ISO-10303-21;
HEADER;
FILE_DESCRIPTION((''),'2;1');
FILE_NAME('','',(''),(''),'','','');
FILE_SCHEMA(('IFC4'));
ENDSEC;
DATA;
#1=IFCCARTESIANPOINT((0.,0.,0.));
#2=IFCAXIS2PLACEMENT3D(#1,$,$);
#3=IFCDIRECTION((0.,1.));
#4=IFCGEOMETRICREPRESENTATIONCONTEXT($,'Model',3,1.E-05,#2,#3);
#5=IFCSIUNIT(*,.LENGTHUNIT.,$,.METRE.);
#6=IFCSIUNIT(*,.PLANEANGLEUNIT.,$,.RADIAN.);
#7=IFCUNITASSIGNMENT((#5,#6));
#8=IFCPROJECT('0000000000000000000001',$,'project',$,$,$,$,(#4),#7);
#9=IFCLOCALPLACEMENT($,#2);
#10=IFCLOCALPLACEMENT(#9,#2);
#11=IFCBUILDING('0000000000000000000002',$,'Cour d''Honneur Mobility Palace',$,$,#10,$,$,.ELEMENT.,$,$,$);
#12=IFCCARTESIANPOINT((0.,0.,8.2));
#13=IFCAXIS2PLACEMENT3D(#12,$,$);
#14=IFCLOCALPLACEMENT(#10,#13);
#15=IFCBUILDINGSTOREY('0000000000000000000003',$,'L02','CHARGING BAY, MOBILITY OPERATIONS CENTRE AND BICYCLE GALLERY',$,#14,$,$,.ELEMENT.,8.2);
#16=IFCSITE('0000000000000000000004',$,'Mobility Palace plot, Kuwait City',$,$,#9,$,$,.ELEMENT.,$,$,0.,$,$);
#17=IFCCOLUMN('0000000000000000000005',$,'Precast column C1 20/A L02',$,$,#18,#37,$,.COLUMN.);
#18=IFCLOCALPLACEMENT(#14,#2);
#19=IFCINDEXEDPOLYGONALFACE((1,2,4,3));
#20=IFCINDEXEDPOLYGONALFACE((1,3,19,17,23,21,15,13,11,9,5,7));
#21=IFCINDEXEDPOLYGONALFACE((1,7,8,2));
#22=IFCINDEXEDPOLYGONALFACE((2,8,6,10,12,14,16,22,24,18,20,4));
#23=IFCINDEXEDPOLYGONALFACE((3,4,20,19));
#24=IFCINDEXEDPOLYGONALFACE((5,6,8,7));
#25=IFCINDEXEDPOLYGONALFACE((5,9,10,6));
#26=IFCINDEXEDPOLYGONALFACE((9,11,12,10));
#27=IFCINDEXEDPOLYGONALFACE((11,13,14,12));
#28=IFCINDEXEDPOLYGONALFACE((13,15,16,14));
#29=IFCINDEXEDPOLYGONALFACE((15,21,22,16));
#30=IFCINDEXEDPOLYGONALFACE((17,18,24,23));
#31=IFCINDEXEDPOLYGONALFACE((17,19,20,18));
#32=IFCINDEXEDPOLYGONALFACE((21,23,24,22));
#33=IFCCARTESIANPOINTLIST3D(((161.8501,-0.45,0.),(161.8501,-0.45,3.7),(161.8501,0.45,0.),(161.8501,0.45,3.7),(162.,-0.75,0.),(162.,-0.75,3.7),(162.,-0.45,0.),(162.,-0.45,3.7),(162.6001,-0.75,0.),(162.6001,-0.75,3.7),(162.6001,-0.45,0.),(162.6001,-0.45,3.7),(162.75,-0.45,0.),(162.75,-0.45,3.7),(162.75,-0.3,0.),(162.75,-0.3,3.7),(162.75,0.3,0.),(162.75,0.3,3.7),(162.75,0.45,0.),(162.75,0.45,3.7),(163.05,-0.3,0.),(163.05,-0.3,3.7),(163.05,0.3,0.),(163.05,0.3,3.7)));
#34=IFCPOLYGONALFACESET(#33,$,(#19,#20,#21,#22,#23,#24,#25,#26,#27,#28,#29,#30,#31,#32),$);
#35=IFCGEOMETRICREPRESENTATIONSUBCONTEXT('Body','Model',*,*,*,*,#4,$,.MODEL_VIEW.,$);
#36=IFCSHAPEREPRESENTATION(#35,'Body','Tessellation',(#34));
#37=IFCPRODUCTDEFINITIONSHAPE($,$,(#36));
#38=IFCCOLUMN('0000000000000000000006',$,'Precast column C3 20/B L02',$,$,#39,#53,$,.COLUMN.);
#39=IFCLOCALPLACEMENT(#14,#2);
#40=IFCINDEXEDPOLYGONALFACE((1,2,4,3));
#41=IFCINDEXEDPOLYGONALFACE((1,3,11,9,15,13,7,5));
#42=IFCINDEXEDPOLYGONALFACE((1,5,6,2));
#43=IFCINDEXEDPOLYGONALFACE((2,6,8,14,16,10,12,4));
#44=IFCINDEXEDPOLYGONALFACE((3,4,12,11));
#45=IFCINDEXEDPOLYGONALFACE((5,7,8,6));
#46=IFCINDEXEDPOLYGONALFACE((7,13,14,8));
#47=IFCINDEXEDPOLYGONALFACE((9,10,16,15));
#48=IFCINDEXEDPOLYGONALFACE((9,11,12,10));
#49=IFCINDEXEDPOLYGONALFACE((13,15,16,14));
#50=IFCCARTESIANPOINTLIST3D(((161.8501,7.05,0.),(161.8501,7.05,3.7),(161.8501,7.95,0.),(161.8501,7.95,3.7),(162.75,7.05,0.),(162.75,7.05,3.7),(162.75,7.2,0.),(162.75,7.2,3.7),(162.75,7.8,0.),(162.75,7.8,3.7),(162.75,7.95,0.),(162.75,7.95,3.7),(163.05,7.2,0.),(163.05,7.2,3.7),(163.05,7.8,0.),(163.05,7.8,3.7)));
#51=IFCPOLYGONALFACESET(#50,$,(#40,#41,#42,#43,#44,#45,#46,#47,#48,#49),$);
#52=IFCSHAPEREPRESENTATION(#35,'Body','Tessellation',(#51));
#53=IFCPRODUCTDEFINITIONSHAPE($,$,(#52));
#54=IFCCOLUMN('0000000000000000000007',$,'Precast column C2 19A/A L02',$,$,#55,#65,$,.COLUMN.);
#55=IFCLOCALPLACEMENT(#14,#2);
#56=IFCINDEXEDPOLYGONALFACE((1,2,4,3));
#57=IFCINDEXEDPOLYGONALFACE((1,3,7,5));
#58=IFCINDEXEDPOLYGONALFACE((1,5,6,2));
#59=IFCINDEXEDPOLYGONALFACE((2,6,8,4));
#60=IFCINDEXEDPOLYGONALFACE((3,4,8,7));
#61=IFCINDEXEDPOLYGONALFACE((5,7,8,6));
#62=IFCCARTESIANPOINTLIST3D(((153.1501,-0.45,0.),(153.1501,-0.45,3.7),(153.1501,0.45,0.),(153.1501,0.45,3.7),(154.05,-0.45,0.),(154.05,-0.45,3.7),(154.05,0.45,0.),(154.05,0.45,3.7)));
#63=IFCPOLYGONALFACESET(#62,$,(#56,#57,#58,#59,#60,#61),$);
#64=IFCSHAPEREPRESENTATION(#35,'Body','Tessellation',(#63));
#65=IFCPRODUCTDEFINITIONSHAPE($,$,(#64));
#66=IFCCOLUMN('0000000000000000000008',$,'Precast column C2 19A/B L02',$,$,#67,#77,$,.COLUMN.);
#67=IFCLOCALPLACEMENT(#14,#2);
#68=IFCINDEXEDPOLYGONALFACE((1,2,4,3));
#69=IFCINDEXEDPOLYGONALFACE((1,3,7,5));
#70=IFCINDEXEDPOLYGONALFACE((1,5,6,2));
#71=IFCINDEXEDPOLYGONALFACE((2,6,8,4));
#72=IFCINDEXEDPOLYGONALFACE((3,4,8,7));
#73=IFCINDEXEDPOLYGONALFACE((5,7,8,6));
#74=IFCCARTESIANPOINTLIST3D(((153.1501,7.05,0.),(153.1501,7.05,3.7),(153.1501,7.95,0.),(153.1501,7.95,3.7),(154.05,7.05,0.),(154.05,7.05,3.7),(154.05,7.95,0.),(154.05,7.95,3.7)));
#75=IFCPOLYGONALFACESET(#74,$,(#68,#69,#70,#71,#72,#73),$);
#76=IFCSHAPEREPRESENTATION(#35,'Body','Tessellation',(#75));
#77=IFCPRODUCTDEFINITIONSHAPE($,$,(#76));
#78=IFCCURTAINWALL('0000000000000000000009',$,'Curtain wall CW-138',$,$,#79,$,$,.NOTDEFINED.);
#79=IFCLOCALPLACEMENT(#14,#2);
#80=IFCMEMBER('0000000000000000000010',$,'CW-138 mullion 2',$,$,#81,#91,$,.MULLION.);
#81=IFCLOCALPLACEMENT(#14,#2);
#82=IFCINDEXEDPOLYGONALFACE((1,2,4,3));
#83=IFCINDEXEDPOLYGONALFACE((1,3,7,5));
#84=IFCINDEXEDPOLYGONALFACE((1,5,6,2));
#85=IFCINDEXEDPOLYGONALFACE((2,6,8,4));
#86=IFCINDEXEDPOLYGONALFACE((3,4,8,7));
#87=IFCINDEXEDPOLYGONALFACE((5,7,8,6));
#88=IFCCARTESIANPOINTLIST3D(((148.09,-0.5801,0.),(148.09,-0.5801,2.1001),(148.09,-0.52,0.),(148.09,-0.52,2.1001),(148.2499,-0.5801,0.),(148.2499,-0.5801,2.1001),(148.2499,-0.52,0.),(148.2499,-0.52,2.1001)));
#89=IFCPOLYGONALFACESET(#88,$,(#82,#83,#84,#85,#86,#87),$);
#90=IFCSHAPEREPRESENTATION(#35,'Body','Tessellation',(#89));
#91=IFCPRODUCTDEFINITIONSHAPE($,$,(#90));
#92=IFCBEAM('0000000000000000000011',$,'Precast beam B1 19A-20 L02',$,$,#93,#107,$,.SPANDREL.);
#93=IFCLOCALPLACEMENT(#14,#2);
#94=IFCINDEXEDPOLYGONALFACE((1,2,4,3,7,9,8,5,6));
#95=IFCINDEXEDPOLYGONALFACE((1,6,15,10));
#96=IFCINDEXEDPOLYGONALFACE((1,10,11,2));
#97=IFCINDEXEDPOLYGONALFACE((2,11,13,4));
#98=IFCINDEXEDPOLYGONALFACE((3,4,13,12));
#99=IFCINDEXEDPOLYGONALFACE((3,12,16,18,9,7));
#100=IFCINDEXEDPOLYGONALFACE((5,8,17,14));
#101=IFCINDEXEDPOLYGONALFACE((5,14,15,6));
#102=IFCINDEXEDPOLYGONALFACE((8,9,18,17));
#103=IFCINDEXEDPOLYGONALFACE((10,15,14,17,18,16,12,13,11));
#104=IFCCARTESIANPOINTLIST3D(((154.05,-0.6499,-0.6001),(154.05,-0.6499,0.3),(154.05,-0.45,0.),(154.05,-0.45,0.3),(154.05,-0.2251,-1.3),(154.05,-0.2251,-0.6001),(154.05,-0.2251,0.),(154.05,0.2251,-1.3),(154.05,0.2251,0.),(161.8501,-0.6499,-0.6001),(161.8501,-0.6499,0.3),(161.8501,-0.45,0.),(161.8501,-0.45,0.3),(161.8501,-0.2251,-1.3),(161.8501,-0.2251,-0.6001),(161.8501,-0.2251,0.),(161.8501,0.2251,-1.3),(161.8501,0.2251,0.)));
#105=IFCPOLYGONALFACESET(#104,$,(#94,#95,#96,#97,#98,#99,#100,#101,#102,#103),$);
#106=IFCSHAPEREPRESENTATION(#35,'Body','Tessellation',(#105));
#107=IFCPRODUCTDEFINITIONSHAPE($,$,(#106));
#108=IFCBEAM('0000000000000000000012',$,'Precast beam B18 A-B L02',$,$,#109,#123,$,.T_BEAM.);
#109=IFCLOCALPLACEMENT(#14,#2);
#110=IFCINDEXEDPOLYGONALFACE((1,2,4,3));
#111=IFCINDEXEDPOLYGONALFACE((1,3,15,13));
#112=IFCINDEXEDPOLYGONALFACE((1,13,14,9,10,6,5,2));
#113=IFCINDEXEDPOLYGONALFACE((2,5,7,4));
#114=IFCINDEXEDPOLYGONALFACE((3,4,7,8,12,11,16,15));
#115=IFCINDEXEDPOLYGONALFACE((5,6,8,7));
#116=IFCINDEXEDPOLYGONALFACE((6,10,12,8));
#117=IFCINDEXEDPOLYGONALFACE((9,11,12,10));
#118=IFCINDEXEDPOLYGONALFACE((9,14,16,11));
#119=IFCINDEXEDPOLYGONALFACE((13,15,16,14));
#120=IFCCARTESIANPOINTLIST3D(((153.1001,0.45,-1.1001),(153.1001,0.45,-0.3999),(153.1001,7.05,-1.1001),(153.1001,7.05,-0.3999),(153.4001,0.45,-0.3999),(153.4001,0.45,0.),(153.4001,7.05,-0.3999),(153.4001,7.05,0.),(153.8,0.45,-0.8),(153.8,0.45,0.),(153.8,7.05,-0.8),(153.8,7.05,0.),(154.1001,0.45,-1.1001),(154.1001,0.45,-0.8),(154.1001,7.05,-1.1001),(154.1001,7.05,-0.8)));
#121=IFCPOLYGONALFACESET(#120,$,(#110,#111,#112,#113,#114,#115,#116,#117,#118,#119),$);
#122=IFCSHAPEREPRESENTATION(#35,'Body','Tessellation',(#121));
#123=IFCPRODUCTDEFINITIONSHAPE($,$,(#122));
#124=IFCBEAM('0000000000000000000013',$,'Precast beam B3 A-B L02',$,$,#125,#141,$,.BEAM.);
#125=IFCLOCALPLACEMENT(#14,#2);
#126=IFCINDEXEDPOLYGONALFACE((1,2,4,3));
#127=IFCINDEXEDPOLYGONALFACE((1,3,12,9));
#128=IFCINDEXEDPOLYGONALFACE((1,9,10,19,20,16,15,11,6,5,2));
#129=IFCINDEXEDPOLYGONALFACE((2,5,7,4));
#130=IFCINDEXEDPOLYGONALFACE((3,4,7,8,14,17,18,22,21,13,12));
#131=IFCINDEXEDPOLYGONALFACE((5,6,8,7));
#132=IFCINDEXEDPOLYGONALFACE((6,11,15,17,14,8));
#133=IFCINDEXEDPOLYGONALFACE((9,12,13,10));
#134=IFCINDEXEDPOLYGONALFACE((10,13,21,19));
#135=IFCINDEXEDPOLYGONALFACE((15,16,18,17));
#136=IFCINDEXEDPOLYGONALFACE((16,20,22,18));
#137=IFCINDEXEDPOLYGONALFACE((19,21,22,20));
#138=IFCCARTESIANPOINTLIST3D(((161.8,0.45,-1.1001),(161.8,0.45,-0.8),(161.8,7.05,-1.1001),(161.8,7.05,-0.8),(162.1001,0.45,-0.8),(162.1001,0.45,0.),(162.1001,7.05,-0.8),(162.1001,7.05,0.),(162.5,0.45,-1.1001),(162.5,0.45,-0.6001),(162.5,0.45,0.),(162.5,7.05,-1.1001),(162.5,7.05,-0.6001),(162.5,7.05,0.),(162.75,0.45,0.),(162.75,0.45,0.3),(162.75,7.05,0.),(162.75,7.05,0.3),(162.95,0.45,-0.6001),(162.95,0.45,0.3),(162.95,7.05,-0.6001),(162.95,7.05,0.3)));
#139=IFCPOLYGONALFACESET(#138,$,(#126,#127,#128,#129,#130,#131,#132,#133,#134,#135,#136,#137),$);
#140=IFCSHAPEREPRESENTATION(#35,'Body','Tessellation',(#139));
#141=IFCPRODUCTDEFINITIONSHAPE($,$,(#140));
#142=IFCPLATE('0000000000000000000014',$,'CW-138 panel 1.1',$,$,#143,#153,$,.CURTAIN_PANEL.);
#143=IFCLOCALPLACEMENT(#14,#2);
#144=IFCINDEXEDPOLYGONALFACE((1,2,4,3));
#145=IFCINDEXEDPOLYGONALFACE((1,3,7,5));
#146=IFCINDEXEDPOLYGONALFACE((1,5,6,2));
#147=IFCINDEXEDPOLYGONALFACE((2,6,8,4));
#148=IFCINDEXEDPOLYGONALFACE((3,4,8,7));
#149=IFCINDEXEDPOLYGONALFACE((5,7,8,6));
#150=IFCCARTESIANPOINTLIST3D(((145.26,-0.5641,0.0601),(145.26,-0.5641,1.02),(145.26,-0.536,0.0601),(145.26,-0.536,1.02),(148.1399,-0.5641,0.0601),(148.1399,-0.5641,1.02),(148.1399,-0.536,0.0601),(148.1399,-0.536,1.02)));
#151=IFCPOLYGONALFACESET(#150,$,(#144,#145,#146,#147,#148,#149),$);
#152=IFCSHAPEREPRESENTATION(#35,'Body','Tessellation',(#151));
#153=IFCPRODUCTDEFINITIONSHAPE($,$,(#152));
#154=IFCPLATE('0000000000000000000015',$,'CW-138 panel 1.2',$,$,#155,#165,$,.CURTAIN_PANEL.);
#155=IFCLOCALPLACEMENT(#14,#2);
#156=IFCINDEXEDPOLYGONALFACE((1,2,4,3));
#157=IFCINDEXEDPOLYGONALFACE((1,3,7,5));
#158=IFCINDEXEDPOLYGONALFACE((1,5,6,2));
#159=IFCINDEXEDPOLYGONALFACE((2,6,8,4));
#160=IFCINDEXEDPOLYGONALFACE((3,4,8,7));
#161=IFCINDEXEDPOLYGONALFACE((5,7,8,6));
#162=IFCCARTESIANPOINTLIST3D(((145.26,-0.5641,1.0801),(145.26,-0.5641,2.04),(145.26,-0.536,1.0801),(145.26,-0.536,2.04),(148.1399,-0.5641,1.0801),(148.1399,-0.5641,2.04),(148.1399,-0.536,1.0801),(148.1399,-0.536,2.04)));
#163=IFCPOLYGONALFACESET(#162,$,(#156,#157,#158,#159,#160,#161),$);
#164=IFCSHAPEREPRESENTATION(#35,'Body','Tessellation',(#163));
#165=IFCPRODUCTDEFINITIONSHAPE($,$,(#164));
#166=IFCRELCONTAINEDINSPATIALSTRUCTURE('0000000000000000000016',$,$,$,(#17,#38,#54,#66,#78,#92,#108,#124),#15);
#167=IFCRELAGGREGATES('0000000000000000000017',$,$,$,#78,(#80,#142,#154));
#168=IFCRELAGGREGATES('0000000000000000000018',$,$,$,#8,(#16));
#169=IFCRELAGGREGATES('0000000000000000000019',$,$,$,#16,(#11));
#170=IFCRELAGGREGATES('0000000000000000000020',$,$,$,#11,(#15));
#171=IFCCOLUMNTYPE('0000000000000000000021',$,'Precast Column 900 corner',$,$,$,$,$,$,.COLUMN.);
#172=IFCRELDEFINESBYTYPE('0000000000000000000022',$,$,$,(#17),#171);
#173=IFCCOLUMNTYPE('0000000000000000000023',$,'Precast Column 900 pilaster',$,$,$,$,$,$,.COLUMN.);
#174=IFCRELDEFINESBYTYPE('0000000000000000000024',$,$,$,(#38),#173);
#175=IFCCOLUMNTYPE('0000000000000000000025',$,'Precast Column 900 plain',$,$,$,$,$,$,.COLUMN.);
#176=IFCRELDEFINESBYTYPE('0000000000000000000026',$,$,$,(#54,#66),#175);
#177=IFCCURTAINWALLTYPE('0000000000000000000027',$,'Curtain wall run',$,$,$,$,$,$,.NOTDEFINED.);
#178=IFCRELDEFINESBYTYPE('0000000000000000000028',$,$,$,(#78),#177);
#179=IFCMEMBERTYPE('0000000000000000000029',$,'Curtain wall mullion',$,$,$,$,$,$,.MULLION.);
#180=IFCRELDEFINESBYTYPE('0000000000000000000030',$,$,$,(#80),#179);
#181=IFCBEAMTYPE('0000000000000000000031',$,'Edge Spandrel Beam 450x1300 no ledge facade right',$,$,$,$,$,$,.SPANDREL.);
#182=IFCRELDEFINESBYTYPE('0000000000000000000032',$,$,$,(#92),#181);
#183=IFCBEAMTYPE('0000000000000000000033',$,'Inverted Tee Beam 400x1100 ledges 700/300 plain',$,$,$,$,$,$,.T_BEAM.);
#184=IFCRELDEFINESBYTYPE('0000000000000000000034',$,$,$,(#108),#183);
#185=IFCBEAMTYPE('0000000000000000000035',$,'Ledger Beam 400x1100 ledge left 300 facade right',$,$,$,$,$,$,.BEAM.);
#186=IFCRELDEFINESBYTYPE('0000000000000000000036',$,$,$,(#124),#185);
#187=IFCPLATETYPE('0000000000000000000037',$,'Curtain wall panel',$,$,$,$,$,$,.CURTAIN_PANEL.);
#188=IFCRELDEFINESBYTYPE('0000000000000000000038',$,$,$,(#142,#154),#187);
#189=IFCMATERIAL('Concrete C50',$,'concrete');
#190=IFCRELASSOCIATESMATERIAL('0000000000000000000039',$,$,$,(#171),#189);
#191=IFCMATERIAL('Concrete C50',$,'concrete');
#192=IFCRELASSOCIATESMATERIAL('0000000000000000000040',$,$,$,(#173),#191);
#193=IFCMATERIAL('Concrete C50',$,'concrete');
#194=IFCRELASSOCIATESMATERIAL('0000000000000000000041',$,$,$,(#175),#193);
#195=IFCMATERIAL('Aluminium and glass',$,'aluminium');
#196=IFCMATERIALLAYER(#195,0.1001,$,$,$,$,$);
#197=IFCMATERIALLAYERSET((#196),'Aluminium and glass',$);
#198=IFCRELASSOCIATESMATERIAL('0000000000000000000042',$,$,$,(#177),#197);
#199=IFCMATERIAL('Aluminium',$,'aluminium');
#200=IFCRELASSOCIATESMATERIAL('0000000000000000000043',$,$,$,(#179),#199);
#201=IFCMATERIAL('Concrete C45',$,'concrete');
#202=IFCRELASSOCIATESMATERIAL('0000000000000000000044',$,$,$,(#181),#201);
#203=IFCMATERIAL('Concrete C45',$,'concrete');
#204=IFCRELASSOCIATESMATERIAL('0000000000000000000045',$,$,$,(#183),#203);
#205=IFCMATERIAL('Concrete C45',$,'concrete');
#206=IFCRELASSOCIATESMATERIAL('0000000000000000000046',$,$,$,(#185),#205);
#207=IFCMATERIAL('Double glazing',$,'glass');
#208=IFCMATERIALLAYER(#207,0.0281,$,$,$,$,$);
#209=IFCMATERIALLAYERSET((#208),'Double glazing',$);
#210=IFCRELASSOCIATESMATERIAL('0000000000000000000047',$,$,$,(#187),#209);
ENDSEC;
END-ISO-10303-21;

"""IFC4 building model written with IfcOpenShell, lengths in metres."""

from ifc_helpers import new_model, si_unit, direction, frame, origin, origin_2d, place, context, subcontext, project, spatial, polyline, rectangle, outline, extrude, material, layer, layer_set, material_profile, profile_set, type_object, element, aggregate, save


model = new_model("IFC4")

# Units and contexts
model_context = context("Model", 3, precision=1e-05, world=origin(), true_north=direction((0.0, 1.0)))
body_context = subcontext(model_context, "Body", "Model", "MODEL_VIEW")
ifc_project = project(units=[si_unit("LENGTHUNIT", "METRE"), si_unit("PLANEANGLEUNIT", "RADIAN")], contexts=[model_context])

# Site, building, storey
site_placement = place(None, origin())
site = spatial("IfcSite", under=ifc_project, at=site_placement, Name="Mobility Palace plot, Kuwait City", CompositionType="ELEMENT", RefElevation=0.0)
building_placement = place(site_placement, origin())
building = spatial("IfcBuilding", under=site, at=building_placement, Name="Cour d'Honneur Mobility Palace", CompositionType="ELEMENT")
storey_placement = place(building_placement, frame((0.0, 0.0, 8.2)))
storey = spatial("IfcBuildingStorey", under=building, at=storey_placement, Name="L02", Description="CHARGING BAY, MOBILITY OPERATIONS CENTRE AND BICYCLE GALLERY", CompositionType="ELEMENT", Elevation=8.2)

# Columns
ifc_material_1 = material(Name="Concrete C50", Category="concrete")
ifc_material_profile_1 = material_profile(ifc_material_1, outline(polyline([(-0.45, -0.45), (0.45, -0.45), (0.45, -0.3), (0.75, -0.3), (0.75, 0.3), (0.45, 0.3), (0.45, 0.45), (0.3, 0.45), (0.3, 0.75), (-0.3, 0.75), (-0.3, 0.45), (-0.45, 0.45), (-0.45, -0.45)])), Name="PC C900 corner")
ifc_profile_set_1 = profile_set([ifc_material_profile_1], Name="Concrete C50")
column_type_1 = type_object("IfcColumnType", Name="Precast Column 900 corner", PredefinedType="COLUMN", material=ifc_profile_set_1)
column_1_placement = place(storey_placement, frame((162.3, 0.0, 0.0), z_axis=(0.0, 0.0, 1.0), x_axis=(0.0, -1.0, 0.0)))
element("IfcColumn", 1, at=column_1_placement, inside=storey, type_object=column_type_1, Name="Precast column C1 20/A L02", PredefinedType="COLUMN", context=body_context, shape_type="SweptSolid", body=[
    extrude(outline(polyline([(-0.45, -0.45), (0.45, -0.45), (0.45, -0.3), (0.75, -0.3), (0.75, 0.3), (0.45, 0.3), (0.45, 0.45), (0.3, 0.45), (0.3, 0.75), (-0.3, 0.75), (-0.3, 0.45), (-0.45, 0.45), (-0.45, -0.45)])), origin(), (0.0, 0.0, 1.0), 3.7),
])
ifc_material_2 = material(Name="Concrete C50", Category="concrete")
ifc_material_profile_2 = material_profile(ifc_material_2, outline(polyline([(-0.45, -0.45), (0.45, -0.45), (0.45, -0.3), (0.75, -0.3), (0.75, 0.3), (0.45, 0.3), (0.45, 0.45), (-0.45, 0.45), (-0.45, -0.45)])), Name="PC C900 pilaster")
ifc_profile_set_2 = profile_set([ifc_material_profile_2], Name="Concrete C50")
column_type_2 = type_object("IfcColumnType", Name="Precast Column 900 pilaster", PredefinedType="COLUMN", material=ifc_profile_set_2)
column_2_placement = place(storey_placement, frame((162.3, 7.5, 0.0), z_axis=(0.0, 0.0, 1.0), x_axis=(1.0, 0.0, 0.0)))
element("IfcColumn", 2, at=column_2_placement, inside=storey, type_object=column_type_2, Name="Precast column C3 20/B L02", PredefinedType="COLUMN", context=body_context, shape_type="SweptSolid", body=[
    extrude(outline(polyline([(-0.45, -0.45), (0.45, -0.45), (0.45, -0.3), (0.75, -0.3), (0.75, 0.3), (0.45, 0.3), (0.45, 0.45), (-0.45, 0.45), (-0.45, -0.45)])), origin(), (0.0, 0.0, 1.0), 3.7),
])
ifc_material_3 = material(Name="Concrete C50", Category="concrete")
ifc_material_profile_3 = material_profile(ifc_material_3, outline(polyline([(-0.45, -0.45), (0.45, -0.45), (0.45, 0.45), (-0.45, 0.45), (-0.45, -0.45)])), Name="PC C900 plain")
ifc_profile_set_3 = profile_set([ifc_material_profile_3], Name="Concrete C50")
column_type_3 = type_object("IfcColumnType", Name="Precast Column 900 plain", PredefinedType="COLUMN", material=ifc_profile_set_3)
for number, where, z_axis, x_axis, name in (
    (3, (153.6001, 0.0, 0.0), (0.0, 0.0, 1.0), (1.0, 0.0, 0.0), "Precast column C2 19A/A L02"),
    (4, (153.6001, 7.5, 0.0), (0.0, 0.0, 1.0), (1.0, 0.0, 0.0), "Precast column C2 19A/B L02"),
):
    element("IfcColumn", number, at=place(storey_placement, frame(where, z_axis=z_axis, x_axis=x_axis)), inside=storey, type_object=column_type_3, Name=name, PredefinedType="COLUMN", context=body_context, shape_type="SweptSolid", body=[
        extrude(outline(polyline([(-0.45, -0.45), (0.45, -0.45), (0.45, 0.45), (-0.45, 0.45), (-0.45, -0.45)])), origin(), (0.0, 0.0, 1.0), 3.7),
    ])

# Curtain wall, member
ifc_material_4 = material(Name="Aluminium and glass", Category="aluminium")
ifc_layer_1 = layer(ifc_material_4, 0.1001)
ifc_layer_set_1 = layer_set([ifc_layer_1], Name="Aluminium and glass")
curtain_wall_type = type_object("IfcCurtainWallType", Name="Curtain wall run", PredefinedType="NOTDEFINED", material=ifc_layer_set_1)
curtain_wall_placement = place(storey_placement, origin())
curtain_wall = element("IfcCurtainWall", 5, at=curtain_wall_placement, inside=storey, type_object=curtain_wall_type, Name="Curtain wall CW-138", PredefinedType="NOTDEFINED")
ifc_material_5 = material(Name="Aluminium", Category="aluminium")
ifc_material_profile_4 = material_profile(ifc_material_5, rectangle(XDim=0.0601, YDim=0.1599, at=origin_2d()), Name="Curtain wall mullion")
ifc_profile_set_4 = profile_set([ifc_material_profile_4], Name="Aluminium")
member_type = type_object("IfcMemberType", Name="Curtain wall mullion", PredefinedType="MULLION", material=ifc_profile_set_4)
member_placement = place(storey_placement, frame((148.1699, -0.55, 0.0), z_axis=(0.0, 0.0, 1.0), x_axis=(0.0, 1.0, 0.0)))
member = element("IfcMember", 6, at=member_placement, type_object=member_type, Name="CW-138 mullion 2", PredefinedType="MULLION", context=body_context, shape_type="SweptSolid", body=[
    extrude(rectangle(XDim=0.0601, YDim=0.1599, at=origin_2d()), origin(), (0.0, 0.0, 1.0), 2.1001),
])

# Beams
ifc_material_6 = material(Name="Concrete C45", Category="concrete")
ifc_material_profile_5 = material_profile(ifc_material_6, outline(polyline([(0.2251, -1.3), (0.2251, 0.0), (-0.2251, 0.0), (-0.45, 0.0), (-0.45, 0.3), (-0.6499, 0.3), (-0.6499, -0.6001), (-0.2251, -0.6001), (-0.2251, -1.3), (0.2251, -1.3)])), Name="Edge Spandrel Beam 450x1300 no ledge facade right")
ifc_profile_set_5 = profile_set([ifc_material_profile_5], Name="Concrete C45")
beam_type_1 = type_object("IfcBeamType", Name="Edge Spandrel Beam 450x1300 no ledge facade right", PredefinedType="SPANDREL", material=ifc_profile_set_5)
beam_1_placement = place(storey_placement, frame((154.05, 0.0, 0.0), z_axis=(1.0, 0.0, 0.0), x_axis=(0.0, 1.0, 0.0)))
element("IfcBeam", 7, at=beam_1_placement, inside=storey, type_object=beam_type_1, Name="Precast beam B1 19A-20 L02", PredefinedType="SPANDREL", context=body_context, shape_type="SweptSolid", body=[
    extrude(outline(polyline([(0.2251, -1.3), (0.2251, 0.0), (-0.2251, 0.0), (-0.45, 0.0), (-0.45, 0.3), (-0.6499, 0.3), (-0.6499, -0.6001), (-0.2251, -0.6001), (-0.2251, -1.3), (0.2251, -1.3)])), origin(), (0.0, 0.0, 1.0), 7.8),
])
ifc_material_7 = material(Name="Concrete C45", Category="concrete")
ifc_material_profile_6 = material_profile(ifc_material_7, outline(polyline([(0.5, -1.1001), (0.5, -0.3999), (0.2, -0.3999), (0.2, 0.0), (-0.2, 0.0), (-0.2, -0.8), (-0.5, -0.8), (-0.5, -1.1001), (0.5, -1.1001)])), Name="Inverted Tee Beam 400x1100 ledges 700/300 plain")
ifc_profile_set_6 = profile_set([ifc_material_profile_6], Name="Concrete C45")
beam_type_2 = type_object("IfcBeamType", Name="Inverted Tee Beam 400x1100 ledges 700/300 plain", PredefinedType="T_BEAM", material=ifc_profile_set_6)
beam_2_placement = place(storey_placement, frame((153.6001, 0.45, 0.0), z_axis=(0.0, 1.0, 0.0), x_axis=(-1.0, 0.0, 0.0)))
element("IfcBeam", 8, at=beam_2_placement, inside=storey, type_object=beam_type_2, Name="Precast beam B18 A-B L02", PredefinedType="T_BEAM", context=body_context, shape_type="SweptSolid", body=[
    extrude(outline(polyline([(0.5, -1.1001), (0.5, -0.3999), (0.2, -0.3999), (0.2, 0.0), (-0.2, 0.0), (-0.2, -0.8), (-0.5, -0.8), (-0.5, -1.1001), (0.5, -1.1001)])), origin(), (0.0, 0.0, 1.0), 6.6001),
])
ifc_material_8 = material(Name="Concrete C45", Category="concrete")
ifc_material_profile_7 = material_profile(ifc_material_8, outline(polyline([(0.5, -1.1001), (0.5, -0.8), (0.2, -0.8), (0.2, 0.0), (-0.2, 0.0), (-0.45, 0.0), (-0.45, 0.3), (-0.6499, 0.3), (-0.6499, -0.6001), (-0.2, -0.6001), (-0.2, -1.1001), (0.5, -1.1001)])), Name="Ledger Beam 400x1100 ledge left 300 facade right")
ifc_profile_set_7 = profile_set([ifc_material_profile_7], Name="Concrete C45")
beam_type_3 = type_object("IfcBeamType", Name="Ledger Beam 400x1100 ledge left 300 facade right", PredefinedType="BEAM", material=ifc_profile_set_7)
beam_3_placement = place(storey_placement, frame((162.3, 0.45, 0.0), z_axis=(0.0, 1.0, 0.0), x_axis=(-1.0, 0.0, 0.0)))
element("IfcBeam", 9, at=beam_3_placement, inside=storey, type_object=beam_type_3, Name="Precast beam B3 A-B L02", PredefinedType="BEAM", context=body_context, shape_type="SweptSolid", body=[
    extrude(outline(polyline([(0.5, -1.1001), (0.5, -0.8), (0.2, -0.8), (0.2, 0.0), (-0.2, 0.0), (-0.45, 0.0), (-0.45, 0.3), (-0.6499, 0.3), (-0.6499, -0.6001), (-0.2, -0.6001), (-0.2, -1.1001), (0.5, -1.1001)])), origin(), (0.0, 0.0, 1.0), 6.6001),
])

# Plates
ifc_material_9 = material(Name="Double glazing", Category="glass")
ifc_layer_2 = layer(ifc_material_9, 0.0281)
ifc_layer_set_2 = layer_set([ifc_layer_2], Name="Double glazing")
plate_type = type_object("IfcPlateType", Name="Curtain wall panel", PredefinedType="CURTAIN_PANEL", material=ifc_layer_set_2)
plate_1_placement = place(storey_placement, frame((146.7, -0.55, 0.0601), z_axis=(0.0, 0.0, 1.0), x_axis=(1.0, 0.0, 0.0)))
plate_1 = element("IfcPlate", 10, at=plate_1_placement, type_object=plate_type, Name="CW-138 panel 1.1", PredefinedType="CURTAIN_PANEL", context=body_context, shape_type="SweptSolid", body=[
    extrude(rectangle(XDim=2.8799, YDim=0.0281, at=origin_2d()), origin(), (0.0, 0.0, 1.0), 0.96),
])
plate_2_placement = place(storey_placement, frame((146.7, -0.55, 1.0801), z_axis=(0.0, 0.0, 1.0), x_axis=(1.0, 0.0, 0.0)))
plate_2 = element("IfcPlate", 11, at=plate_2_placement, type_object=plate_type, Name="CW-138 panel 1.2", PredefinedType="CURTAIN_PANEL", context=body_context, shape_type="SweptSolid", body=[
    extrude(rectangle(XDim=2.8799, YDim=0.0281, at=origin_2d()), origin(), (0.0, 0.0, 1.0), 0.96),
])
aggregate(curtain_wall, [member, plate_1, plate_2])

save(model, "model.ifc")
